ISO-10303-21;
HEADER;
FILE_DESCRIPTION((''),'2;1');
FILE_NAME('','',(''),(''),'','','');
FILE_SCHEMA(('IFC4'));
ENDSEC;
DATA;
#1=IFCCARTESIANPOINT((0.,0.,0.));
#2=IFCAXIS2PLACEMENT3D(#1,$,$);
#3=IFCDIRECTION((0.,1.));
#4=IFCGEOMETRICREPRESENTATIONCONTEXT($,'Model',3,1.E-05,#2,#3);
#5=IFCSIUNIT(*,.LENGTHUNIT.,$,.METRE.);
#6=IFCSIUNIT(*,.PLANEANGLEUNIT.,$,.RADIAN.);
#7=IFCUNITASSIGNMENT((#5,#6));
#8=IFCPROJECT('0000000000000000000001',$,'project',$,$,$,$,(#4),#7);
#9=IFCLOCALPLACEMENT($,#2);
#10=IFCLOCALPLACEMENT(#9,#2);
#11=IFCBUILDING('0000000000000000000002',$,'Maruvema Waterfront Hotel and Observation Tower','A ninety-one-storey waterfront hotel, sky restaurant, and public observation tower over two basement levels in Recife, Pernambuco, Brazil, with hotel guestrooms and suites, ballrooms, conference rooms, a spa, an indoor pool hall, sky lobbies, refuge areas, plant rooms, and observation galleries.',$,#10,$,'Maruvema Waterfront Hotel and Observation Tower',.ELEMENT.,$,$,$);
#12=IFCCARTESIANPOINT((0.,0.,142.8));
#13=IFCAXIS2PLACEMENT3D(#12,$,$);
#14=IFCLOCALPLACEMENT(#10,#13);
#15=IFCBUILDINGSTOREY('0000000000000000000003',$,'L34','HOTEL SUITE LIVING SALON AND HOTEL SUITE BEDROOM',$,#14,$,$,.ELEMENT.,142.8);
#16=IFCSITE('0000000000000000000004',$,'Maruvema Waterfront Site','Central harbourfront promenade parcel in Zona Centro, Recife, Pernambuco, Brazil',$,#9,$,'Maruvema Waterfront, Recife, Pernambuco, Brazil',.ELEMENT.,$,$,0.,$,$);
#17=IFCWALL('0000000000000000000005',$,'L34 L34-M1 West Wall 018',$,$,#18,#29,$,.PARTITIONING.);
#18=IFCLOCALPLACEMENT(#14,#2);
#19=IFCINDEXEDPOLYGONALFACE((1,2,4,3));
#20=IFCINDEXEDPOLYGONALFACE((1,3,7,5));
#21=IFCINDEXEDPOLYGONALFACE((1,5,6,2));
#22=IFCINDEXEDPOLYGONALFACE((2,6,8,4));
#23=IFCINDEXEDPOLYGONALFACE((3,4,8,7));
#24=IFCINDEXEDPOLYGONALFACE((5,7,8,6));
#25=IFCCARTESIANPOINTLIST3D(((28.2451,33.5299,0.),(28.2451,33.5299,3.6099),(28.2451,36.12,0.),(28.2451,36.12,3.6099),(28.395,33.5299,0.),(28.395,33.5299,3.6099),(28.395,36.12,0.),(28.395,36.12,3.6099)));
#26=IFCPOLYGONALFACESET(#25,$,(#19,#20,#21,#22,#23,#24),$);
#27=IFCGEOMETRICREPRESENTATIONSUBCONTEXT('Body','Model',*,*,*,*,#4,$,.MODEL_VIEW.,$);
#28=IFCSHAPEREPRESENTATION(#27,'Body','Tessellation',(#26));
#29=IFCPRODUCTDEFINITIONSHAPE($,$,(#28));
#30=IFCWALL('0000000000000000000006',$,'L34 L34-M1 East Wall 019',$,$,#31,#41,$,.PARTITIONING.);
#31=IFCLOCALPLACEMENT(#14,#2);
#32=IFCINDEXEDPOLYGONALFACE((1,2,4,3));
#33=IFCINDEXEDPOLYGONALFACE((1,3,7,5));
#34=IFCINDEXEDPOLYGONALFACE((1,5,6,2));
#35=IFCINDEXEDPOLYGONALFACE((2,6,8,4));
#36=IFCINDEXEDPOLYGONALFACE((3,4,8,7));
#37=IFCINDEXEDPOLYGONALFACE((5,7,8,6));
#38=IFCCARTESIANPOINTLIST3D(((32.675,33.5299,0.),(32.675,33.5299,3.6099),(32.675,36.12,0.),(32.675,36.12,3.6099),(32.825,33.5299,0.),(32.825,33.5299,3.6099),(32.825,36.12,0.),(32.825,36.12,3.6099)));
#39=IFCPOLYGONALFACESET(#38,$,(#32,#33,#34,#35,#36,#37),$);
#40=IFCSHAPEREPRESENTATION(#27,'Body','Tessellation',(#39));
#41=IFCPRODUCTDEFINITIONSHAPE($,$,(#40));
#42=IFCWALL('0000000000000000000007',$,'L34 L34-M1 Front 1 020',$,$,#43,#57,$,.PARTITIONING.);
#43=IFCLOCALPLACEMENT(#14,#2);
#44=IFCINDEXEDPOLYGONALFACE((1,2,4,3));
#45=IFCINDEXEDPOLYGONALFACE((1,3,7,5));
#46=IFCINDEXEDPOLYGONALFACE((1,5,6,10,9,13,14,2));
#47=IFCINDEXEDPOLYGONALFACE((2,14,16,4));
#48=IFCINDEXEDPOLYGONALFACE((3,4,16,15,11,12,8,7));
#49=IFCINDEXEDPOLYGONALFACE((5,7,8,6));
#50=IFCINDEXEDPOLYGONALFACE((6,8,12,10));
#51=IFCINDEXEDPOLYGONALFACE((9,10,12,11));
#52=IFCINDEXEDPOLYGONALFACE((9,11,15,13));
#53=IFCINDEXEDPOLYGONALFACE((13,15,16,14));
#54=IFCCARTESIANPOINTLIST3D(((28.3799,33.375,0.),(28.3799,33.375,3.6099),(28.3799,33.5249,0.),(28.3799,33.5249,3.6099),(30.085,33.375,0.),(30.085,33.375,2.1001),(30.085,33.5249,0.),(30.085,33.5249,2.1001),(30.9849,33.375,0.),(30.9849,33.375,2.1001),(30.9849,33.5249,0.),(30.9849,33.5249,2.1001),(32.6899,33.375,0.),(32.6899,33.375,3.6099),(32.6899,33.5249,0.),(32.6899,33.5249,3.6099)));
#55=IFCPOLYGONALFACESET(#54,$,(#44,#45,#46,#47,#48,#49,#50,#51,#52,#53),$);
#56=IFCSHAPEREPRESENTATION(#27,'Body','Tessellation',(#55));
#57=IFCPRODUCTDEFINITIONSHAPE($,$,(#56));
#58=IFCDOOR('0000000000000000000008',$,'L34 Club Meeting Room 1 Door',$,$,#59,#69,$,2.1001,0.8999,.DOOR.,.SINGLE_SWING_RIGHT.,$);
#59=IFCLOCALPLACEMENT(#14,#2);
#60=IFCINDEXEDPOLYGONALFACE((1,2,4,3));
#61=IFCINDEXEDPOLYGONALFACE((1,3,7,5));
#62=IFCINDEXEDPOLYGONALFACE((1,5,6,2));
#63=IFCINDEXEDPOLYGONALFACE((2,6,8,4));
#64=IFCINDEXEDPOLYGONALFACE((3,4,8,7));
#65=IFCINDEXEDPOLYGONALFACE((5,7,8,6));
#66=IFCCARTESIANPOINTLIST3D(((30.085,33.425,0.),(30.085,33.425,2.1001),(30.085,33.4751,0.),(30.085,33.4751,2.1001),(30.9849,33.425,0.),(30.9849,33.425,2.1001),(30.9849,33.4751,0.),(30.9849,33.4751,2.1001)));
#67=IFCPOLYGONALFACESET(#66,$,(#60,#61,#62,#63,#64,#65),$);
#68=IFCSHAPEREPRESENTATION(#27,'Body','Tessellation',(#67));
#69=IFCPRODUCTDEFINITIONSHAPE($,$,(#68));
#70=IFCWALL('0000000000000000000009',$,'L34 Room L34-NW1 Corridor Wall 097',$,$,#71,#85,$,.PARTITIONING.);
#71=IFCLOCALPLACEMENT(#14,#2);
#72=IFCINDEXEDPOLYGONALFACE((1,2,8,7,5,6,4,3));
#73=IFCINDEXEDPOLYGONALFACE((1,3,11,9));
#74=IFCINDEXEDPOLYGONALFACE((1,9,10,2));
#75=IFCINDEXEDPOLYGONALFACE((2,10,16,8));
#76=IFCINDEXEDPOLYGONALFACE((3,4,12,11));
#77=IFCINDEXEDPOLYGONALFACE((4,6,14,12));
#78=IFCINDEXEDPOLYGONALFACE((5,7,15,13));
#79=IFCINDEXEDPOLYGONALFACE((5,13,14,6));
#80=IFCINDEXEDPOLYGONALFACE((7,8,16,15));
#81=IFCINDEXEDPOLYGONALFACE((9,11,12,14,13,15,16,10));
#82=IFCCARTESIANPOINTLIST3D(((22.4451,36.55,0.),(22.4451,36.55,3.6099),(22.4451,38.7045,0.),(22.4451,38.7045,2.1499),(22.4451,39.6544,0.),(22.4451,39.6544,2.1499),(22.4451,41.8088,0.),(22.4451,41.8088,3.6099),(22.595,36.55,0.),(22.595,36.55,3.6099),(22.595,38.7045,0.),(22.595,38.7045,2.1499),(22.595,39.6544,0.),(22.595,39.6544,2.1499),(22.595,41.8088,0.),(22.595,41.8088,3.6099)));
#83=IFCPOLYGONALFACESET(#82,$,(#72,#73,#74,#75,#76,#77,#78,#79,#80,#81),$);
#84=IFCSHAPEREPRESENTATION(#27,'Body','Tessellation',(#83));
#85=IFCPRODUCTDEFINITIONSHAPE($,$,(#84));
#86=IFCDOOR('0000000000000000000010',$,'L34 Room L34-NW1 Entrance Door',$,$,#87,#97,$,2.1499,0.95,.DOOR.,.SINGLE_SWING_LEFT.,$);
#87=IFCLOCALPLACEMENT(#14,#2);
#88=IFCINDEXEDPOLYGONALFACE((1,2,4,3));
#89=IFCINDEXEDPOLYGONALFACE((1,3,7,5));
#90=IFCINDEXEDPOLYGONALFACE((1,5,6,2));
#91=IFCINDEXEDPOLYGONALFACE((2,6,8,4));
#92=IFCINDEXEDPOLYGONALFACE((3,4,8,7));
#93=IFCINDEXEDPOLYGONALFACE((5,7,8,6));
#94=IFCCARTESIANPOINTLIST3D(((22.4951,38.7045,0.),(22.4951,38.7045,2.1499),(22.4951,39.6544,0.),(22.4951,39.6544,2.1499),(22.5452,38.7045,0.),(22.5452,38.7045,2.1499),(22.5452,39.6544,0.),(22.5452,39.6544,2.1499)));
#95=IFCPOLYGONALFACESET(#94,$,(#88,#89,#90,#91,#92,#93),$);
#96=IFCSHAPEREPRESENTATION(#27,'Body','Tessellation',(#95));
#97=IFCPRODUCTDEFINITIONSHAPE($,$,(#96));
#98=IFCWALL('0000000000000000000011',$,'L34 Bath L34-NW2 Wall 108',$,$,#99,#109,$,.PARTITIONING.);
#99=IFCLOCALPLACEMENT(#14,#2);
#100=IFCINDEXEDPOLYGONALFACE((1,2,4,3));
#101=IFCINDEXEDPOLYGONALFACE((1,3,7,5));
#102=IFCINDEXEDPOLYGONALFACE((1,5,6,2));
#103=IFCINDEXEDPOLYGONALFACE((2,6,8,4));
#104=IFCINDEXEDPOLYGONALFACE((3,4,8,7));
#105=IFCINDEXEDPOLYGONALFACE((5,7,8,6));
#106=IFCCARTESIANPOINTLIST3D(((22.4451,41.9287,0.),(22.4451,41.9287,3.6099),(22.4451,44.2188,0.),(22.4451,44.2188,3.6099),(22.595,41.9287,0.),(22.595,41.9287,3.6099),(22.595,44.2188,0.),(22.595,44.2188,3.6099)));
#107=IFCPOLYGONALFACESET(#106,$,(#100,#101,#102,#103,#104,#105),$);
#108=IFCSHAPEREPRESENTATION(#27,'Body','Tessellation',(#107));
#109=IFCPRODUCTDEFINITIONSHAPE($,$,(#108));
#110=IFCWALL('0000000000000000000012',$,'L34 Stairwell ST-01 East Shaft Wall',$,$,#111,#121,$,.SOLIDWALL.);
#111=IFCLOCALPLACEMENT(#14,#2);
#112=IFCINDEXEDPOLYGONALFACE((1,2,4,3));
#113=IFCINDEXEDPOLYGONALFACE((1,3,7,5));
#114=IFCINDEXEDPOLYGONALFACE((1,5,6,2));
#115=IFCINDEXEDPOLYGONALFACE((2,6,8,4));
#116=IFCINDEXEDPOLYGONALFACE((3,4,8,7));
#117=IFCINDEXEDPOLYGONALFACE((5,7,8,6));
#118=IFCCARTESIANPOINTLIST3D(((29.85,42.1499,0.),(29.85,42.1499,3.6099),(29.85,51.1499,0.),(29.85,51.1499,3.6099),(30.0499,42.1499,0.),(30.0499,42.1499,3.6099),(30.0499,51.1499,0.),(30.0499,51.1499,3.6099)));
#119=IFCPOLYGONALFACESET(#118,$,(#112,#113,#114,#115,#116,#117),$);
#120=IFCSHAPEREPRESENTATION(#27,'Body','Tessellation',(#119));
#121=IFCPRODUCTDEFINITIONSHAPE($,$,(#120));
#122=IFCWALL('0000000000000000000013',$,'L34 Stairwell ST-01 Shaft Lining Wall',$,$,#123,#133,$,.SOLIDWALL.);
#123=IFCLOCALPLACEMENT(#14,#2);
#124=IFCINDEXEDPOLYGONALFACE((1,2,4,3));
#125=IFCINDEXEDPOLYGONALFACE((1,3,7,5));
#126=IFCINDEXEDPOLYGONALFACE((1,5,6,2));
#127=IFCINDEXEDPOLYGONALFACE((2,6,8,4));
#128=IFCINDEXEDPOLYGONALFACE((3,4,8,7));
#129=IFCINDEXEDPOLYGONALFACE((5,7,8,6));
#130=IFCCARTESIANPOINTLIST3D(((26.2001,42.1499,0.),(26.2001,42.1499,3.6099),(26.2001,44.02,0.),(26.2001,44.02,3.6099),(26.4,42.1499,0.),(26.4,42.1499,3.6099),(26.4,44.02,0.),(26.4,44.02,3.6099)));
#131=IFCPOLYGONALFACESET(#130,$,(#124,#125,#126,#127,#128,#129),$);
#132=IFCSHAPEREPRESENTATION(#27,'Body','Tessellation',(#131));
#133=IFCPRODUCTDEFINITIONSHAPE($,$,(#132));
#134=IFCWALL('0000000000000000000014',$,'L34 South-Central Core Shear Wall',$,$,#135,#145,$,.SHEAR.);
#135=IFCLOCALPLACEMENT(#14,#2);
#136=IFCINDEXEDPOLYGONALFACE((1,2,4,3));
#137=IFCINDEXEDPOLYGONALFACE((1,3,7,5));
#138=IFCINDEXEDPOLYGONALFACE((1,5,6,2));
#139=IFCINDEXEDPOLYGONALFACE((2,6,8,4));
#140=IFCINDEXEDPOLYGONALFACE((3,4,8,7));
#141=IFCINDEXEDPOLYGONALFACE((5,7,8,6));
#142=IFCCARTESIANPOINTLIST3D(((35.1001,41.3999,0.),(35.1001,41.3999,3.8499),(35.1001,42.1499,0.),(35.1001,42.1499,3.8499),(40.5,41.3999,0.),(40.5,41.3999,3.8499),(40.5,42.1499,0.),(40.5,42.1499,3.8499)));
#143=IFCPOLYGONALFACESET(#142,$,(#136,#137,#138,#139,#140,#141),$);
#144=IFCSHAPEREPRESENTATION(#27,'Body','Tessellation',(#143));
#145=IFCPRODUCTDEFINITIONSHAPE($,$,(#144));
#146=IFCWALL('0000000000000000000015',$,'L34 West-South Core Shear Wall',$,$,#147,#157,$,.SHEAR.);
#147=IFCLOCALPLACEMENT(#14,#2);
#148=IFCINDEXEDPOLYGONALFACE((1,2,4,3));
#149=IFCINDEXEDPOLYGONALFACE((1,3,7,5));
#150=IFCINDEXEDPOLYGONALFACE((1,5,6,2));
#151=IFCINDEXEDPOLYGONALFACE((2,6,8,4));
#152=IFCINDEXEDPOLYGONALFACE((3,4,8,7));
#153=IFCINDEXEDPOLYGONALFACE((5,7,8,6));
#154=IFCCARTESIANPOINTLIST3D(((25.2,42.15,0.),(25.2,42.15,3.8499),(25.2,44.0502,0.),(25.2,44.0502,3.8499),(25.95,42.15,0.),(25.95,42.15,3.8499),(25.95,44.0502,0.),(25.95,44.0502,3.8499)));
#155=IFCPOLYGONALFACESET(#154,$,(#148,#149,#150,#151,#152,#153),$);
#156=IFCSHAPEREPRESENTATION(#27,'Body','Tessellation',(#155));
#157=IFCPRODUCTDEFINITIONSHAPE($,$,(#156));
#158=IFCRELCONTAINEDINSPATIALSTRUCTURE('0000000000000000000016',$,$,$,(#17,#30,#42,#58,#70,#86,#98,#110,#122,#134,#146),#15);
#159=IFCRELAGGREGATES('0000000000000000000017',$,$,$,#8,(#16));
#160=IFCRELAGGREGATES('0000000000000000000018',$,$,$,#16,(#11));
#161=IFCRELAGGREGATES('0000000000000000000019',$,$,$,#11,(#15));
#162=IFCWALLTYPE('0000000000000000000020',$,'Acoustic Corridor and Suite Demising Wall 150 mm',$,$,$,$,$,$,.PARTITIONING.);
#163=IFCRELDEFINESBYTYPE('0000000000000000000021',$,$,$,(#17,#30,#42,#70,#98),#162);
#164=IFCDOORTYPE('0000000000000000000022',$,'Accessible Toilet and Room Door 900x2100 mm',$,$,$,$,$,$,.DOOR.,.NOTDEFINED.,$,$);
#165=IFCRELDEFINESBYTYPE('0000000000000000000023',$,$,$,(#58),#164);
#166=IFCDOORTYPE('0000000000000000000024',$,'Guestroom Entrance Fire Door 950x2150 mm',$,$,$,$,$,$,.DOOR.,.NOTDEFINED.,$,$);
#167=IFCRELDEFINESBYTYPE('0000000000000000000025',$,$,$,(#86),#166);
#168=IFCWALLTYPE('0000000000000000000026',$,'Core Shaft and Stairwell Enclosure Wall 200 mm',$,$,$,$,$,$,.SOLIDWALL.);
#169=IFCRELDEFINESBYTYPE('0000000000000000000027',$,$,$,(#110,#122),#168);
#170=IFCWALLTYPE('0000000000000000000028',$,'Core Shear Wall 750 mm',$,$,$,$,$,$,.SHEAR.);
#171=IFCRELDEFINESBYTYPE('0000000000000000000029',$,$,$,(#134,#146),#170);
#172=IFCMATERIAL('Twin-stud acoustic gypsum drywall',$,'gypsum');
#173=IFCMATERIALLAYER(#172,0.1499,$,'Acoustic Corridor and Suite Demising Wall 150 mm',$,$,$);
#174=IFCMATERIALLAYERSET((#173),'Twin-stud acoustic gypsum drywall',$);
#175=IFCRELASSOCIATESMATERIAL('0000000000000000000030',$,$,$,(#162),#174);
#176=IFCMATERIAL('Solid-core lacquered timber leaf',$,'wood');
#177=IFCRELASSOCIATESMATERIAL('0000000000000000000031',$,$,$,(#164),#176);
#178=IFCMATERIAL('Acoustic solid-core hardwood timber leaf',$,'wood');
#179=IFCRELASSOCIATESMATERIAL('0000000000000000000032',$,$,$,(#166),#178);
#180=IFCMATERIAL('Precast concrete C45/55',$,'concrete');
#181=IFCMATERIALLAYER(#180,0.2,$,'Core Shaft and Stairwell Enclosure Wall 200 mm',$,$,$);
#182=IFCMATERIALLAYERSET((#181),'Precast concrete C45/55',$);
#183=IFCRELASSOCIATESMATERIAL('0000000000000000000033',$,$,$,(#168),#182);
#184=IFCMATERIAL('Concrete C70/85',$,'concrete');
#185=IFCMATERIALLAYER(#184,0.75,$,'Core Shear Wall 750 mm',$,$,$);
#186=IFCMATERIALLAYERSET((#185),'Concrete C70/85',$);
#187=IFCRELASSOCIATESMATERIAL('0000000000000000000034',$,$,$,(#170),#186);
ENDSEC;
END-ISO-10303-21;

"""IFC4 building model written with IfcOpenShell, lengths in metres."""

from ifc_helpers import new_model, si_unit, direction, frame, frame_2d, origin, place, context, subcontext, project, spatial, rectangle, extrude, material, layer, layer_set, type_object, element, fill, save


model = new_model("IFC4")

# Units and contexts
model_context = context("Model", 3, precision=1e-05, world=origin(), true_north=direction((0.0, 1.0)))
body_context = subcontext(model_context, "Body", "Model", "MODEL_VIEW")
ifc_project = project(units=[si_unit("LENGTHUNIT", "METRE"), si_unit("PLANEANGLEUNIT", "RADIAN")], contexts=[model_context])

# Site, building, storey
site_placement = place(None, origin())
site = spatial("IfcSite", under=ifc_project, at=site_placement, Name="Maruvema Waterfront Site", Description="Central harbourfront promenade parcel in Zona Centro, Recife, Pernambuco, Brazil", LongName="Maruvema Waterfront, Recife, Pernambuco, Brazil", CompositionType="ELEMENT", RefElevation=0.0)
building_placement = place(site_placement, origin())
building = spatial("IfcBuilding", under=site, at=building_placement, Name="Maruvema Waterfront Hotel and Observation Tower", Description="A ninety-one-storey waterfront hotel, sky restaurant, and public observation tower over two basement levels in Recife, Pernambuco, Brazil, with hotel guestrooms and suites, ballrooms, conference rooms, a spa, an indoor pool hall, sky lobbies, refuge areas, plant rooms, and observation galleries.", LongName="Maruvema Waterfront Hotel and Observation Tower", CompositionType="ELEMENT")
storey_placement = place(building_placement, frame((0.0, 0.0, 142.8)))
storey = spatial("IfcBuildingStorey", under=building, at=storey_placement, Name="L34", Description="HOTEL SUITE LIVING SALON AND HOTEL SUITE BEDROOM", CompositionType="ELEMENT", Elevation=142.8)

# Walls
ifc_material_1 = material(Name="Twin-stud acoustic gypsum drywall", Category="gypsum")
ifc_layer_1 = layer(ifc_material_1, 0.1499, Name="Acoustic Corridor and Suite Demising Wall 150 mm")
ifc_layer_set_1 = layer_set([ifc_layer_1], Name="Twin-stud acoustic gypsum drywall")
wall_type_1 = type_object("IfcWallType", Name="Acoustic Corridor and Suite Demising Wall 150 mm", PredefinedType="PARTITIONING", material=ifc_layer_set_1)
for number, where, z_axis, x_axis, name in (
    (1, (28.3201, 33.53, 0.0), (0.0, 0.0, 1.0), (0.0, 1.0, 0.0), "L34 L34-M1 West Wall 018"),
    (2, (32.75, 33.53, 0.0), (0.0, 0.0, 1.0), (0.0, 1.0, 0.0), "L34 L34-M1 East Wall 019"),
):
    element("IfcWall", number, at=place(storey_placement, frame(where, z_axis=z_axis, x_axis=x_axis)), inside=storey, type_object=wall_type_1, Name=name, PredefinedType="PARTITIONING", context=body_context, shape_type="SweptSolid", body=[
        extrude(rectangle(XDim=2.5901, YDim=0.1499, at=frame_2d((1.2949, 0.0))), origin(), (0.0, 0.0, 1.0), 3.6099),
    ])

# Walls, openings, doors
wall_1_placement = place(storey_placement, frame((28.3799, 33.45, 0.0), z_axis=(0.0, 0.0, 1.0), x_axis=(1.0, 0.0, 0.0)))
wall_1 = element("IfcWall", 3, at=wall_1_placement, inside=storey, type_object=wall_type_1, Name="L34 L34-M1 Front 1 020", PredefinedType="PARTITIONING", context=body_context, shape_type="SweptSolid", body=[
    extrude(rectangle(XDim=4.3101, YDim=0.1499, at=frame_2d((2.155, 0.0))), origin(), (0.0, 0.0, 1.0), 3.6099),
])
opening_1_placement = place(wall_1_placement, frame((1.7051, 0.0, 0.0)))
opening_1 = element("IfcOpeningElement", 4, at=opening_1_placement, cuts=wall_1, PredefinedType="OPENING", context=body_context, shape_type="SweptSolid", body=[
    extrude(rectangle(XDim=0.8999, YDim=2.1001, at=frame_2d((0.45, 1.05))), frame((0.0, 0.085, 0.0), z_axis=(0.0, -1.0, 0.0), x_axis=(1.0, 0.0, 0.0)), (0.0, 0.0, 1.0), 0.1699),
])
ifc_material_2 = material(Name="Solid-core lacquered timber leaf", Category="wood")
door_type_1 = type_object("IfcDoorType", Name="Accessible Toilet and Room Door 900x2100 mm", OperationType="NOTDEFINED", PredefinedType="DOOR", material=ifc_material_2)
door_1_placement = place(opening_1_placement, frame((0.8999, 0.0, 0.0), z_axis=(0.0, 0.0, 1.0), x_axis=(-1.0, 0.0, 0.0)))
door_1 = element("IfcDoor", 5, at=door_1_placement, inside=storey, type_object=door_type_1, Name="L34 Club Meeting Room 1 Door", OperationType="SINGLE_SWING_RIGHT", OverallHeight=2.1001, OverallWidth=0.8999, PredefinedType="DOOR", context=body_context, shape_type="SweptSolid", body=[
    extrude(rectangle(XDim=0.8999, YDim=2.1001, at=frame_2d((0.45, 1.05))), frame((0.0, 0.0249, 0.0), z_axis=(0.0, -1.0, 0.0), x_axis=(1.0, 0.0, 0.0)), (0.0, 0.0, 1.0), 0.05),
])
fill(opening_1, door_1)
wall_2_placement = place(storey_placement, frame((22.52, 36.55, 0.0), z_axis=(0.0, 0.0, 1.0), x_axis=(0.0, 1.0, 0.0)))
wall_2 = element("IfcWall", 6, at=wall_2_placement, inside=storey, type_object=wall_type_1, Name="L34 Room L34-NW1 Corridor Wall 097", PredefinedType="PARTITIONING", context=body_context, shape_type="SweptSolid", body=[
    extrude(rectangle(XDim=5.2588, YDim=0.1499, at=frame_2d((2.6294, 0.0))), origin(), (0.0, 0.0, 1.0), 3.6099),
])
opening_2_placement = place(wall_2_placement, frame((2.1543, 0.0, 0.0)))
opening_2 = element("IfcOpeningElement", 7, at=opening_2_placement, cuts=wall_2, PredefinedType="OPENING", context=body_context, shape_type="SweptSolid", body=[
    extrude(rectangle(XDim=0.95, YDim=2.1499, at=frame_2d((0.4751, 1.075))), frame((0.0, 0.085, 0.0), z_axis=(0.0, -1.0, 0.0), x_axis=(1.0, 0.0, 0.0)), (0.0, 0.0, 1.0), 0.1699),
])
ifc_material_3 = material(Name="Acoustic solid-core hardwood timber leaf", Category="wood")
door_type_2 = type_object("IfcDoorType", Name="Guestroom Entrance Fire Door 950x2150 mm", OperationType="NOTDEFINED", PredefinedType="DOOR", material=ifc_material_3)
door_2_placement = place(opening_2_placement, origin())
door_2 = element("IfcDoor", 8, at=door_2_placement, inside=storey, type_object=door_type_2, Name="L34 Room L34-NW1 Entrance Door", OperationType="SINGLE_SWING_LEFT", OverallHeight=2.1499, OverallWidth=0.95, PredefinedType="DOOR", context=body_context, shape_type="SweptSolid", body=[
    extrude(rectangle(XDim=0.95, YDim=2.1499, at=frame_2d((0.4751, 1.075))), frame((0.0, 0.0249, 0.0), z_axis=(0.0, -1.0, 0.0), x_axis=(1.0, 0.0, 0.0)), (0.0, 0.0, 1.0), 0.05),
])
fill(opening_2, door_2)

# Walls
wall_3_placement = place(storey_placement, frame((22.52, 41.9287, 0.0), z_axis=(0.0, 0.0, 1.0), x_axis=(0.0, 1.0, 0.0)))
element("IfcWall", 9, at=wall_3_placement, inside=storey, type_object=wall_type_1, Name="L34 Bath L34-NW2 Wall 108", PredefinedType="PARTITIONING", context=body_context, shape_type="SweptSolid", body=[
    extrude(rectangle(XDim=2.29, YDim=0.1499, at=frame_2d((1.145, 0.0))), origin(), (0.0, 0.0, 1.0), 3.6099),
])
ifc_material_4 = material(Name="Precast concrete C45/55", Category="concrete")
ifc_layer_2 = layer(ifc_material_4, 0.2, Name="Core Shaft and Stairwell Enclosure Wall 200 mm")
ifc_layer_set_2 = layer_set([ifc_layer_2], Name="Precast concrete C45/55")
wall_type_2 = type_object("IfcWallType", Name="Core Shaft and Stairwell Enclosure Wall 200 mm", PredefinedType="SOLIDWALL", material=ifc_layer_set_2)
wall_4_placement = place(storey_placement, frame((29.95, 42.1499, 0.0), z_axis=(0.0, 0.0, 1.0), x_axis=(0.0, 1.0, 0.0)))
element("IfcWall", 10, at=wall_4_placement, inside=storey, type_object=wall_type_2, Name="L34 Stairwell ST-01 East Shaft Wall", PredefinedType="SOLIDWALL", context=body_context, shape_type="SweptSolid", body=[
    extrude(rectangle(XDim=9.0, YDim=0.2, at=frame_2d((4.5, 0.0))), origin(), (0.0, 0.0, 1.0), 3.6099),
])
wall_5_placement = place(storey_placement, frame((26.3, 42.1499, 0.0), z_axis=(0.0, 0.0, 1.0), x_axis=(0.0, 1.0, 0.0)))
element("IfcWall", 11, at=wall_5_placement, inside=storey, type_object=wall_type_2, Name="L34 Stairwell ST-01 Shaft Lining Wall", PredefinedType="SOLIDWALL", context=body_context, shape_type="SweptSolid", body=[
    extrude(rectangle(XDim=1.8701, YDim=0.2, at=frame_2d((0.9351, 0.0))), origin(), (0.0, 0.0, 1.0), 3.6099),
])

# Shared definitions
ifc_material_5 = material(Name="Concrete C70/85", Category="concrete")
ifc_layer_3 = layer(ifc_material_5, 0.75, Name="Core Shear Wall 750 mm")
ifc_layer_set_3 = layer_set([ifc_layer_3], Name="Concrete C70/85")
wall_type_3 = type_object("IfcWallType", Name="Core Shear Wall 750 mm", PredefinedType="SHEAR", material=ifc_layer_set_3)

# Walls
wall_6_placement = place(storey_placement, frame((35.1001, 41.7749, 0.0), z_axis=(0.0, 0.0, 1.0), x_axis=(1.0, 0.0, 0.0)))
element("IfcWall", 12, at=wall_6_placement, inside=storey, type_object=wall_type_3, Name="L34 South-Central Core Shear Wall", PredefinedType="SHEAR", context=body_context, shape_type="SweptSolid", body=[
    extrude(rectangle(XDim=5.3999, YDim=0.75, at=frame_2d((2.7, 0.0))), origin(), (0.0, 0.0, 1.0), 3.8499),
])
wall_7_placement = place(storey_placement, frame((25.575, 42.1499, 0.0), z_axis=(0.0, 0.0, 1.0), x_axis=(0.0, 1.0, 0.0)))
element("IfcWall", 13, at=wall_7_placement, inside=storey, type_object=wall_type_3, Name="L34 West-South Core Shear Wall", PredefinedType="SHEAR", context=body_context, shape_type="SweptSolid", body=[
    extrude(rectangle(XDim=1.9001, YDim=0.75, at=frame_2d((0.9502, 0.0))), origin(), (0.0, 0.0, 1.0), 3.8499),
])

save(model, "model.ifc")
